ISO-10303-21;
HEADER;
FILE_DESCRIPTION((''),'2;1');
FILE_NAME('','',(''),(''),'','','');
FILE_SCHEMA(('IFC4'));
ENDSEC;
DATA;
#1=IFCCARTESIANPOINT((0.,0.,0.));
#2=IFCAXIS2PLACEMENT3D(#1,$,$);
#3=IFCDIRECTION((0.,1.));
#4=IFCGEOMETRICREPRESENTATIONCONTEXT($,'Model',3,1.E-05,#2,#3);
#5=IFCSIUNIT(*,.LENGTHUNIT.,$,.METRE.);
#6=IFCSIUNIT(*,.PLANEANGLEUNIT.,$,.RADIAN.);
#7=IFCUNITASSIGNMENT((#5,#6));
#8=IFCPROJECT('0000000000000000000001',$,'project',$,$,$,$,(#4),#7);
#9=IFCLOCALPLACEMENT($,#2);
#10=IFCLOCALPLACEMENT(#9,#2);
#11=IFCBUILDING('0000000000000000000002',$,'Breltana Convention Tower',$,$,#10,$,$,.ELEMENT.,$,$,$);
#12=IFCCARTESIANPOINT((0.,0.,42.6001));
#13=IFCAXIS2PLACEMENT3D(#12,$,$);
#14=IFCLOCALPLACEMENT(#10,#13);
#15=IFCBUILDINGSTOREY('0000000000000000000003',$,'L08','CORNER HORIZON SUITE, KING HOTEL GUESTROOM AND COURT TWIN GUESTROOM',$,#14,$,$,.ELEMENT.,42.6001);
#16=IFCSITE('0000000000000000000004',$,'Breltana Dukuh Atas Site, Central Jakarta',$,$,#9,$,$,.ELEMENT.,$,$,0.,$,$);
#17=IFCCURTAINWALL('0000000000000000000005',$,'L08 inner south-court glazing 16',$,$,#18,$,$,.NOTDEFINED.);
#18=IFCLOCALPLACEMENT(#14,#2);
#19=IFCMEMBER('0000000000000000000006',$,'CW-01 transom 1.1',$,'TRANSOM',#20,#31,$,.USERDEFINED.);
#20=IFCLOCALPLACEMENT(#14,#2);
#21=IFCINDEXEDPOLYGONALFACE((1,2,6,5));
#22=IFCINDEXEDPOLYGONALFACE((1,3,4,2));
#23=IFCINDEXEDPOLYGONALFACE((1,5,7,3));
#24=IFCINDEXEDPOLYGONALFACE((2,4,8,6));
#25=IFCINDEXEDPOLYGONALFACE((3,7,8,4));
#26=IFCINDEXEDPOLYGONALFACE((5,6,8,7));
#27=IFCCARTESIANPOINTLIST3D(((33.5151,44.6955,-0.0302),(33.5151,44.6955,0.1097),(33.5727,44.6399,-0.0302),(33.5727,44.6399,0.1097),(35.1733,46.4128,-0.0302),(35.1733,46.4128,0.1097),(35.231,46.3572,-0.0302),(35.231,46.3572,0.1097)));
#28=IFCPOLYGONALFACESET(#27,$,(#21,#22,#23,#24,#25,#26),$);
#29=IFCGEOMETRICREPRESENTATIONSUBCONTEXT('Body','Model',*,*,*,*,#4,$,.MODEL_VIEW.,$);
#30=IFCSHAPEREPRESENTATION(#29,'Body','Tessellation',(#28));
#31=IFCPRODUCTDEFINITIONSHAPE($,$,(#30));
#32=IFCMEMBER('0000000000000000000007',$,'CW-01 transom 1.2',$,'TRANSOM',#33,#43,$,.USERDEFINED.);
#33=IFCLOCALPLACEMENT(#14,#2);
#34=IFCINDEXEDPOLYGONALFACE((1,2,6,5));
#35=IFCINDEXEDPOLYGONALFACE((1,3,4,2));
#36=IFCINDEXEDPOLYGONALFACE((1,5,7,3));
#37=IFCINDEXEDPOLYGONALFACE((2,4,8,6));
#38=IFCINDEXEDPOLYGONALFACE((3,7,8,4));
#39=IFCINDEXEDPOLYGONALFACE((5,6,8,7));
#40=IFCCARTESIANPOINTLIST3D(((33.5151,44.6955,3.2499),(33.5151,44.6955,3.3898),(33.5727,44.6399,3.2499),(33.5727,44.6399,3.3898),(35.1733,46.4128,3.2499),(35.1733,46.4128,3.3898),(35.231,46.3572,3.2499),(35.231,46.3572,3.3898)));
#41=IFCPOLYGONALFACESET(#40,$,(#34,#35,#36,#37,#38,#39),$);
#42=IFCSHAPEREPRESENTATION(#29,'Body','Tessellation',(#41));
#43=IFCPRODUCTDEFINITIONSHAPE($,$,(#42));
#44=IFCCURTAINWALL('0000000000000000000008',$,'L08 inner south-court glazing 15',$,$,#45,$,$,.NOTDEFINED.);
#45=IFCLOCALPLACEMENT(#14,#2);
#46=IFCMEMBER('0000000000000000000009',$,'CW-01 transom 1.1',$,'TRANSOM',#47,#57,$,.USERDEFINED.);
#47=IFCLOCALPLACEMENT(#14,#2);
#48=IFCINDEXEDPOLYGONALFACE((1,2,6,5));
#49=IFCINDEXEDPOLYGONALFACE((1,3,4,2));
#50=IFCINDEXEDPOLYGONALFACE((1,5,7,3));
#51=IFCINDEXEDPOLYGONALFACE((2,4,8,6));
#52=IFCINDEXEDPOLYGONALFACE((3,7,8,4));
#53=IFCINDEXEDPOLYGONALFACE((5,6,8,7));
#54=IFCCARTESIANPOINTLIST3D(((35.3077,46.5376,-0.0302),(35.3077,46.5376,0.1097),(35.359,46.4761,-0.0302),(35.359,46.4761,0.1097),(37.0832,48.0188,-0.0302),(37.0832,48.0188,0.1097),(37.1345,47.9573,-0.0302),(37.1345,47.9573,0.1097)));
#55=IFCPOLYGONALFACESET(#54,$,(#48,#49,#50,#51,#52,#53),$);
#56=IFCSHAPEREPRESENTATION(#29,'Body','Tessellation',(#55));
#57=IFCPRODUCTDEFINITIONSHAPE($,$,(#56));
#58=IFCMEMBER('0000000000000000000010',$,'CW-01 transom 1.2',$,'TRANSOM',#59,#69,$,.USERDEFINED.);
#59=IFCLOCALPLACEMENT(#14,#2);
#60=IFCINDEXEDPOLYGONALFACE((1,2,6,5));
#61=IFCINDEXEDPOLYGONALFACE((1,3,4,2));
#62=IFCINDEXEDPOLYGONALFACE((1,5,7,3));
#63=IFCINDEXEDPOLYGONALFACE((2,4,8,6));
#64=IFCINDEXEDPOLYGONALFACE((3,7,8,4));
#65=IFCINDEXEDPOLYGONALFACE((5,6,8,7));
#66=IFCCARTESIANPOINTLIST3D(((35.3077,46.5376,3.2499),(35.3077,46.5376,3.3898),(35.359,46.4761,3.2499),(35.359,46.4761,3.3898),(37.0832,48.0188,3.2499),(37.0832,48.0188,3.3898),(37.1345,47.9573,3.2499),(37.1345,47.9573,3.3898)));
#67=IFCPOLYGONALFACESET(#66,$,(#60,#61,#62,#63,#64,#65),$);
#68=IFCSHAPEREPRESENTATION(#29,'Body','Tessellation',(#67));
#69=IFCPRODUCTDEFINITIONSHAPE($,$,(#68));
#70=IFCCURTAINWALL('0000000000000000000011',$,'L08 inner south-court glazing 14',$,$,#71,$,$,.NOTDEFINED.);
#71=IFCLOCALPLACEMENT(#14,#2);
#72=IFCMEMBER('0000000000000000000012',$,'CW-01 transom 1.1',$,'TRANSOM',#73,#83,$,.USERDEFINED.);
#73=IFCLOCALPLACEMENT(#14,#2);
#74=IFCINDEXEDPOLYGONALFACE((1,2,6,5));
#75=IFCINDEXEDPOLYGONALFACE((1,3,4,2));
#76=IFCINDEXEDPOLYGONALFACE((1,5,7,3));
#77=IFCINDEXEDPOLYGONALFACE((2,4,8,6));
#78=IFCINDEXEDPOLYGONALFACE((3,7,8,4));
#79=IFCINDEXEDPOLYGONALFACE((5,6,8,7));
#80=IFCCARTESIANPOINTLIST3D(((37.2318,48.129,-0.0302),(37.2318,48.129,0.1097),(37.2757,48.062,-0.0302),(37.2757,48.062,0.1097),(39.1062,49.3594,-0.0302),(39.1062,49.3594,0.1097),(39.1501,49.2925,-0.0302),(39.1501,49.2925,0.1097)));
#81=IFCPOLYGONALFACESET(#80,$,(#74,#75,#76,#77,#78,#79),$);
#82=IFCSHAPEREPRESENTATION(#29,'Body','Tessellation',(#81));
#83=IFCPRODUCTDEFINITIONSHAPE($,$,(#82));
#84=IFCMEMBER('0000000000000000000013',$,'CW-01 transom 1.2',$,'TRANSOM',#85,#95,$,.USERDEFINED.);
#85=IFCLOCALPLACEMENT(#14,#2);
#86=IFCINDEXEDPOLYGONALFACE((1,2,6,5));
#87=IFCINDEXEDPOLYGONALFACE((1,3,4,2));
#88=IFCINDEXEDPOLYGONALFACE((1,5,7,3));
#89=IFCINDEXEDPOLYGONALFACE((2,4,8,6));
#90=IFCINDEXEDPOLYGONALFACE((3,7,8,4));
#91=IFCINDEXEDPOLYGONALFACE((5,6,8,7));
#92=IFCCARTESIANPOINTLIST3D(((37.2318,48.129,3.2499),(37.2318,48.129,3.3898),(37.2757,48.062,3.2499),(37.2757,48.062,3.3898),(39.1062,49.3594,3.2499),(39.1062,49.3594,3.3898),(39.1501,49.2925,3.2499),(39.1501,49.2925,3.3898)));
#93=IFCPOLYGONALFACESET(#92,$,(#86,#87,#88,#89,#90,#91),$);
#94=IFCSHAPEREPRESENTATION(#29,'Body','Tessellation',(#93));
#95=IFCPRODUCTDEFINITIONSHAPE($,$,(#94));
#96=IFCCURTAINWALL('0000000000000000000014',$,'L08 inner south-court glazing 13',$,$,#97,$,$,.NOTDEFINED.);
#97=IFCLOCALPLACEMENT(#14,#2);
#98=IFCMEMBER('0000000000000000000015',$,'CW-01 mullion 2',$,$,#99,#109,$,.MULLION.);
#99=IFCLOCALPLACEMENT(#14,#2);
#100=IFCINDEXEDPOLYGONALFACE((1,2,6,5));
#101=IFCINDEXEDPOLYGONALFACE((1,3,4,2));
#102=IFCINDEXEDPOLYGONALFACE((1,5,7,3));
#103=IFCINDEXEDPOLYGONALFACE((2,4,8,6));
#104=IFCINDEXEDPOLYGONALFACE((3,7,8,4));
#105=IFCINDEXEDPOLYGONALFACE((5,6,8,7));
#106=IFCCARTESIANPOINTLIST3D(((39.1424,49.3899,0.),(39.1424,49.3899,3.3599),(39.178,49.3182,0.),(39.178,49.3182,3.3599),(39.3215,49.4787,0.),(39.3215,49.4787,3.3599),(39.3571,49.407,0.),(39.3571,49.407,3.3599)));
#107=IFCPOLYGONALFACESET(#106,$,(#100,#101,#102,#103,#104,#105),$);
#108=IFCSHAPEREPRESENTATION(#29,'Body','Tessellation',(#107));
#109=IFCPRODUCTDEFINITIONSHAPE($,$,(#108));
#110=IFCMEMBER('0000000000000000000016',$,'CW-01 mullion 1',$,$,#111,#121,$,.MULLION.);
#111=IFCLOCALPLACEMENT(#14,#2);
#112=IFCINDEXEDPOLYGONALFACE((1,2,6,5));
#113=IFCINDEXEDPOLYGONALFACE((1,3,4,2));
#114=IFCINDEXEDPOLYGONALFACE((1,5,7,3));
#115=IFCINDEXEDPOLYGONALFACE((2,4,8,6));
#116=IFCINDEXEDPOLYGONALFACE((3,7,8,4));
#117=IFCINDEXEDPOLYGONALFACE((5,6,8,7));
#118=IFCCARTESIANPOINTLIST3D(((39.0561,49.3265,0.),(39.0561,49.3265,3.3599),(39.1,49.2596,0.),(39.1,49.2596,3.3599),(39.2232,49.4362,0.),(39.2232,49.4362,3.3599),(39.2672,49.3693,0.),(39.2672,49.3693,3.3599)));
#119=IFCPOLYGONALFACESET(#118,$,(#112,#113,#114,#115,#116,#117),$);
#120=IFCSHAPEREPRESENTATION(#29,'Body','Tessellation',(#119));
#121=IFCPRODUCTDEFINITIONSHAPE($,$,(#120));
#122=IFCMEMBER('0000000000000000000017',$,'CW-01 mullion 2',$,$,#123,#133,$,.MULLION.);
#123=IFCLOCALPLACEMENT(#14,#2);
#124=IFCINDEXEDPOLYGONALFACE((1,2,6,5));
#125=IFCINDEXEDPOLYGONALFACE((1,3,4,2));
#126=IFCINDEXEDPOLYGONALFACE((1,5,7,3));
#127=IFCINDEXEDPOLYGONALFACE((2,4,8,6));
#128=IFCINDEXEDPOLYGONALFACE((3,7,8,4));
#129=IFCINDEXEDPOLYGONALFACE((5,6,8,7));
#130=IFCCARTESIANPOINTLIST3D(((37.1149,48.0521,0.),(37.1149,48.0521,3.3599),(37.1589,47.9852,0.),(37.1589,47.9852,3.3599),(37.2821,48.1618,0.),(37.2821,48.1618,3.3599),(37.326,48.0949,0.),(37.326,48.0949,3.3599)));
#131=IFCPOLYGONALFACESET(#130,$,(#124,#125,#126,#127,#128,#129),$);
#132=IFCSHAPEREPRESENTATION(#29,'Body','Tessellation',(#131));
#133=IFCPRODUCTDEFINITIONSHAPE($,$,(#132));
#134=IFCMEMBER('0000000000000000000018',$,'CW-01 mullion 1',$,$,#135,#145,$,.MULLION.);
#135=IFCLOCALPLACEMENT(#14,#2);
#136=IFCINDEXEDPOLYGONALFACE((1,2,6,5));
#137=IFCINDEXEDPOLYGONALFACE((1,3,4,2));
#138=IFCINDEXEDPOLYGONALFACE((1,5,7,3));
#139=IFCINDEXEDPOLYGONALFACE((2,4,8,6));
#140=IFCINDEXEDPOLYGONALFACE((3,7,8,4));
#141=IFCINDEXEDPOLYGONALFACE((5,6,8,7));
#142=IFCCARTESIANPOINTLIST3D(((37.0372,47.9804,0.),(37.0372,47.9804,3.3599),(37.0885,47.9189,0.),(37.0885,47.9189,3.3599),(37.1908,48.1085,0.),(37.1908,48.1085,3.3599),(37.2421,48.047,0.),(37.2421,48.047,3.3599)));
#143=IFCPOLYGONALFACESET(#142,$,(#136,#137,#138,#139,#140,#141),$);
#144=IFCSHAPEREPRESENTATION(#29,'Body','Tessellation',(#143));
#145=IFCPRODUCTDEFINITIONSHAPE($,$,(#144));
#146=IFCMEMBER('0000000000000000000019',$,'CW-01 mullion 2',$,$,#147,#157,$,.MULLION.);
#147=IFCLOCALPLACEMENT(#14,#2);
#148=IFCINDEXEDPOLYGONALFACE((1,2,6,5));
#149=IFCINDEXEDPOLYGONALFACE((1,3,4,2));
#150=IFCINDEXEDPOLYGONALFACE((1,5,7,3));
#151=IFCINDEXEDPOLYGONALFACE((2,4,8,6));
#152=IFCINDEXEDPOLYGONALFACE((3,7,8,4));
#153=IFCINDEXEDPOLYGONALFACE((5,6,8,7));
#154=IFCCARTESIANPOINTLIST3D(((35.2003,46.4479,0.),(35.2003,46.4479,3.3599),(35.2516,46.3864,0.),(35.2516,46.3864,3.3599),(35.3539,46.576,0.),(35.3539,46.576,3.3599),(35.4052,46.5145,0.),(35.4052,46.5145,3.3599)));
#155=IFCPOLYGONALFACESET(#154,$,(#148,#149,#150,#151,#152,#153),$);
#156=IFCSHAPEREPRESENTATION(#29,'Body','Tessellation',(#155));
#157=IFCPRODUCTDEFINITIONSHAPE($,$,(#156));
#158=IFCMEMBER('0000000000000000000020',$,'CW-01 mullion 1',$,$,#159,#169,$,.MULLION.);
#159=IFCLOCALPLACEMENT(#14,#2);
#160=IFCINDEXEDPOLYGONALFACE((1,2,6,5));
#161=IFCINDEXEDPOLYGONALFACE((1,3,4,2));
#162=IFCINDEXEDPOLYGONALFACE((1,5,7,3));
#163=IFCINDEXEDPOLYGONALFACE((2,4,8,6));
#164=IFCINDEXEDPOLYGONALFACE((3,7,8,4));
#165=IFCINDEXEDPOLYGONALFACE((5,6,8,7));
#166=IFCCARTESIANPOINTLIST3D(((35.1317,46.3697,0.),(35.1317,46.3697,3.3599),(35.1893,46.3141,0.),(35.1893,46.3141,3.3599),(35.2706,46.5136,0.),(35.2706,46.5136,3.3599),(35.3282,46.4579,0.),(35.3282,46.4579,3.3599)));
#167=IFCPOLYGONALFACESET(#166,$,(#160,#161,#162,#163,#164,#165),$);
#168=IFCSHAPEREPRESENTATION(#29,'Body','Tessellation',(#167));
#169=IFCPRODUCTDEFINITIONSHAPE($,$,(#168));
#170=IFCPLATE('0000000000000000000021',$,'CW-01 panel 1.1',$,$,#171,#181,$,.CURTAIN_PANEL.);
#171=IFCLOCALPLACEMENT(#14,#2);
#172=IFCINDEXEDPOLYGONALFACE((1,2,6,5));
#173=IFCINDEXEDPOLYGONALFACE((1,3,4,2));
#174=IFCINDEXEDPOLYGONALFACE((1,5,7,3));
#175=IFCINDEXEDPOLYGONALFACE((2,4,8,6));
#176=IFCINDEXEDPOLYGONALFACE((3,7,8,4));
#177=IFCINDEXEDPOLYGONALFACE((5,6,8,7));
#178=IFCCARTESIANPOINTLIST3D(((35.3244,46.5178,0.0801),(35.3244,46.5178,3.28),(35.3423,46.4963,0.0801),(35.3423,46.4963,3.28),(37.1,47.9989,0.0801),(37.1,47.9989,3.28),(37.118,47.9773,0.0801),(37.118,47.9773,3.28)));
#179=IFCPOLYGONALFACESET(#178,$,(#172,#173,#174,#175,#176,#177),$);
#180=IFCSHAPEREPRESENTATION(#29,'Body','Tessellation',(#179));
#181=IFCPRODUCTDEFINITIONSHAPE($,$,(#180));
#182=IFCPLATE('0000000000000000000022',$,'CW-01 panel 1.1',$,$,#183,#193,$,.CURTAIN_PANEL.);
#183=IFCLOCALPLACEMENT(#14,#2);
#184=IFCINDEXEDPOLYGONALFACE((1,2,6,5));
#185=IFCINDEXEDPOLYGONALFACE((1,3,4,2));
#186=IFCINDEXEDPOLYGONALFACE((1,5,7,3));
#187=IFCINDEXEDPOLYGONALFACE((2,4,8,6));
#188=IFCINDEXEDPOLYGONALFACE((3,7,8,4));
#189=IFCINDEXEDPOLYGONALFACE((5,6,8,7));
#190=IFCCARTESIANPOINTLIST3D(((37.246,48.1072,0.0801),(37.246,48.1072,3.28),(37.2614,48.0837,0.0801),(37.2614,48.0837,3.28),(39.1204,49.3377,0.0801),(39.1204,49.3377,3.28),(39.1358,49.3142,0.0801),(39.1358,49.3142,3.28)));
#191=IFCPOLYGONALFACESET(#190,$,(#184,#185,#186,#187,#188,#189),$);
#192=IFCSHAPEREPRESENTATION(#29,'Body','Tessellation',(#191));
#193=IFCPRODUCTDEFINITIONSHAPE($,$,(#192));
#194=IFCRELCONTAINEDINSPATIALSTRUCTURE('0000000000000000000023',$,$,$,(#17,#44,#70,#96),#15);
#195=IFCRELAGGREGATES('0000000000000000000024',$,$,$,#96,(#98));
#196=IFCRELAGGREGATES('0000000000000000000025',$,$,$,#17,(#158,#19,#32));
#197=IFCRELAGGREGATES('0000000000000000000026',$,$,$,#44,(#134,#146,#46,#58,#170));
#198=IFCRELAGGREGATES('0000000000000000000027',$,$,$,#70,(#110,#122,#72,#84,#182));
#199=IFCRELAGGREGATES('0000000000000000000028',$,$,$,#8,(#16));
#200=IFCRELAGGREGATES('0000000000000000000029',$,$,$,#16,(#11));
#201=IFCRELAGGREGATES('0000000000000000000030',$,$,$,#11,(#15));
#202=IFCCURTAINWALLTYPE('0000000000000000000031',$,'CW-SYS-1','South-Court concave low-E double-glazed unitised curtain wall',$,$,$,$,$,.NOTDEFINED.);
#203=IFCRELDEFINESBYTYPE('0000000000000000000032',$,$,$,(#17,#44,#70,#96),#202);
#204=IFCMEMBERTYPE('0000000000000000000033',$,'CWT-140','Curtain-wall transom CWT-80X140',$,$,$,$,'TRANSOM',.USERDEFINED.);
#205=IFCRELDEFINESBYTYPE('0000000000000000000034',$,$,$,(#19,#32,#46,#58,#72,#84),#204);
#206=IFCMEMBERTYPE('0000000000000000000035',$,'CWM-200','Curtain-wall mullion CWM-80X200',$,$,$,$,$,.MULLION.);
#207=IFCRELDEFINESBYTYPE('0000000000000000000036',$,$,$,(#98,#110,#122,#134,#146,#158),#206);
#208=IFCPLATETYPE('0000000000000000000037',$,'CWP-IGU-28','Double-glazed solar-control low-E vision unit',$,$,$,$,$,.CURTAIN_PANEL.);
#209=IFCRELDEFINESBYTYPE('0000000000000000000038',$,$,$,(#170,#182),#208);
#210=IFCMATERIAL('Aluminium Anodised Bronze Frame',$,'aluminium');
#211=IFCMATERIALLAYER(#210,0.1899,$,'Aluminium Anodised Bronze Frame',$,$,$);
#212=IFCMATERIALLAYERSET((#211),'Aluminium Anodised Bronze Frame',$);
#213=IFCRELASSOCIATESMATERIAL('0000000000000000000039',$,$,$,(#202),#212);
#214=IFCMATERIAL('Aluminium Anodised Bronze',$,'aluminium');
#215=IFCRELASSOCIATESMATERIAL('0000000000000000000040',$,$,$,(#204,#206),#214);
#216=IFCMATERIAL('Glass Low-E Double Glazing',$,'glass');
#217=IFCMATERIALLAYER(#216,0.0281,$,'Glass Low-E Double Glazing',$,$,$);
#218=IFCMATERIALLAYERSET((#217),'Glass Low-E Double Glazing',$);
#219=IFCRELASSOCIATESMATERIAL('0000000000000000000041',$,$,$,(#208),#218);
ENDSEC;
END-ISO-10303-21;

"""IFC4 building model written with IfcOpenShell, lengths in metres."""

from ifc_helpers import new_model, si_unit, direction, frame, origin, origin_2d, place, context, subcontext, project, spatial, rectangle, extrude, source, transform, mapped, material, layer, layer_set, material_profile, profile_set, type_object, type_shapes, element, aggregate, save


model = new_model("IFC4")

# Units and contexts
model_context = context("Model", 3, precision=1e-05, world=origin(), true_north=direction((0.0, 1.0)))
body_context = subcontext(model_context, "Body", "Model", "MODEL_VIEW")
ifc_project = project(units=[si_unit("LENGTHUNIT", "METRE"), si_unit("PLANEANGLEUNIT", "RADIAN")], contexts=[model_context])

# Site, building, storey
site_placement = place(None, origin())
site = spatial("IfcSite", under=ifc_project, at=site_placement, Name="Breltana Dukuh Atas Site, Central Jakarta", CompositionType="ELEMENT", RefElevation=0.0)
building_placement = place(site_placement, origin())
building = spatial("IfcBuilding", under=site, at=building_placement, Name="Breltana Convention Tower", CompositionType="ELEMENT")
storey_placement = place(building_placement, frame((0.0, 0.0, 42.6001)))
storey = spatial("IfcBuildingStorey", under=building, at=storey_placement, Name="L08", Description="CORNER HORIZON SUITE, KING HOTEL GUESTROOM AND COURT TWIN GUESTROOM", CompositionType="ELEMENT", Elevation=42.6001)

# Curtain walls, members
ifc_material_1 = material(Name="Aluminium Anodised Bronze Frame", Category="aluminium")
ifc_layer_1 = layer(ifc_material_1, 0.1899, Name="Aluminium Anodised Bronze Frame")
ifc_layer_set_1 = layer_set([ifc_layer_1], Name="Aluminium Anodised Bronze Frame")
curtain_wall_type = type_object("IfcCurtainWallType", Name="CW-SYS-1", Description="South-Court concave low-E double-glazed unitised curtain wall", PredefinedType="NOTDEFINED", material=ifc_layer_set_1)
curtain_wall_1_placement = place(storey_placement, origin())
curtain_wall_1 = element("IfcCurtainWall", 1, at=curtain_wall_1_placement, inside=storey, type_object=curtain_wall_type, Name="L08 inner south-court glazing 16", PredefinedType="NOTDEFINED")
ifc_material_2 = material(Name="Aluminium Anodised Bronze", Category="aluminium")
ifc_material_profile_1 = material_profile(ifc_material_2, rectangle(XDim=0.0801, YDim=0.1399, at=origin_2d()), Name="CWT-80X140")
ifc_profile_set_1 = profile_set([ifc_material_profile_1], Name="Aluminium Anodised Bronze")
member_type_1 = type_object("IfcMemberType", Name="CWT-140", Description="Curtain-wall transom CWT-80X140", ElementType="TRANSOM", PredefinedType="USERDEFINED", material=ifc_profile_set_1)
shared_shape_1 = source(origin(), body_context, "Body", "SweptSolid", [
    extrude(rectangle(XDim=0.0801, YDim=0.1399, at=origin_2d()), origin(), (0.0, 0.0, 1.0), 2.3872),
])
type_shapes(member_type_1, [shared_shape_1])
member_1_placement = place(storey_placement, frame((35.2021, 46.385, 0.0398), z_axis=(-0.694624, -0.719373, 0.0), x_axis=(0.719373, -0.694624, 0.0)))
member_1 = element("IfcMember", 2, at=member_1_placement, type_object=member_type_1, Name="CW-01 transom 1.1", ObjectType="TRANSOM", PredefinedType="USERDEFINED", context=body_context, shape_type="MappedRepresentation", body=[
    mapped(shared_shape_1, transform((0.0, 0.0, 0.0), scale=1.0)),
])
member_2_placement = place(storey_placement, frame((35.2021, 46.385, 3.3198), z_axis=(-0.694624, -0.719373, 0.0), x_axis=(0.719373, -0.694624, 0.0)))
member_2 = element("IfcMember", 3, at=member_2_placement, type_object=member_type_1, Name="CW-01 transom 1.2", ObjectType="TRANSOM", PredefinedType="USERDEFINED", context=body_context, shape_type="MappedRepresentation", body=[
    mapped(shared_shape_1, transform((0.0, 0.0, 0.0), scale=1.0)),
])
curtain_wall_2_placement = place(storey_placement, origin())
curtain_wall_2 = element("IfcCurtainWall", 4, at=curtain_wall_2_placement, inside=storey, type_object=curtain_wall_type, Name="L08 inner south-court glazing 15", PredefinedType="NOTDEFINED")
shared_shape_2 = source(origin(), body_context, "Body", "SweptSolid", [
    extrude(rectangle(XDim=0.0801, YDim=0.1399, at=origin_2d()), origin(), (0.0, 0.0, 1.0), 2.3123),
])
member_3_placement = place(storey_placement, frame((37.1089, 47.988, 0.0398), z_axis=(-0.767901, -0.640569, 0.0), x_axis=(0.640569, -0.767901, 0.0)))
member_3 = element("IfcMember", 5, at=member_3_placement, type_object=member_type_1, Name="CW-01 transom 1.1", ObjectType="TRANSOM", PredefinedType="USERDEFINED", context=body_context, shape_type="MappedRepresentation", body=[
    mapped(shared_shape_2, transform((0.0, 0.0, 0.0), scale=1.0)),
])
member_4_placement = place(storey_placement, frame((37.1089, 47.988, 3.3198), z_axis=(-0.767901, -0.640569, 0.0), x_axis=(0.640569, -0.767901, 0.0)))
member_4 = element("IfcMember", 6, at=member_4_placement, type_object=member_type_1, Name="CW-01 transom 1.2", ObjectType="TRANSOM", PredefinedType="USERDEFINED", context=body_context, shape_type="MappedRepresentation", body=[
    mapped(shared_shape_2, transform((0.0, 0.0, 0.0), scale=1.0)),
])
curtain_wall_3_placement = place(storey_placement, origin())
curtain_wall_3 = element("IfcCurtainWall", 7, at=curtain_wall_3_placement, inside=storey, type_object=curtain_wall_type, Name="L08 inner south-court glazing 14", PredefinedType="NOTDEFINED")
shared_shape_3 = source(origin(), body_context, "Body", "SweptSolid", [
    extrude(rectangle(XDim=0.0801, YDim=0.1399, at=origin_2d()), origin(), (0.0, 0.0, 1.0), 2.2422),
])
member_5_placement = place(storey_placement, frame((39.1282, 49.3259, 0.0398), z_axis=(-0.835982, -0.548756, 0.0), x_axis=(0.548756, -0.835982, 0.0)))
member_5 = element("IfcMember", 8, at=member_5_placement, type_object=member_type_1, Name="CW-01 transom 1.1", ObjectType="TRANSOM", PredefinedType="USERDEFINED", context=body_context, shape_type="MappedRepresentation", body=[
    mapped(shared_shape_3, transform((0.0, 0.0, 0.0), scale=1.0)),
])
member_6_placement = place(storey_placement, frame((39.1282, 49.3259, 3.3198), z_axis=(-0.835982, -0.548756, 0.0), x_axis=(0.548756, -0.835982, 0.0)))
member_6 = element("IfcMember", 9, at=member_6_placement, type_object=member_type_1, Name="CW-01 transom 1.2", ObjectType="TRANSOM", PredefinedType="USERDEFINED", context=body_context, shape_type="MappedRepresentation", body=[
    mapped(shared_shape_3, transform((0.0, 0.0, 0.0), scale=1.0)),
])

# Curtain wall, member
curtain_wall_4_placement = place(storey_placement, origin())
curtain_wall_4 = element("IfcCurtainWall", 10, at=curtain_wall_4_placement, inside=storey, type_object=curtain_wall_type, Name="L08 inner south-court glazing 13", PredefinedType="NOTDEFINED")
ifc_material_profile_2 = material_profile(ifc_material_2, rectangle(XDim=0.0801, YDim=0.2, at=origin_2d()), Name="CWM-80X200")
ifc_profile_set_2 = profile_set([ifc_material_profile_2], Name="Aluminium Anodised Bronze")
member_type_2 = type_object("IfcMemberType", Name="CWM-200", Description="Curtain-wall mullion CWM-80X200", PredefinedType="MULLION", material=ifc_profile_set_2)
shared_shape_4 = source(origin(), body_context, "Body", "SweptSolid", [
    extrude(rectangle(XDim=0.0801, YDim=0.2, at=origin_2d()), origin(), (0.0, 0.0, 1.0), 3.3599),
])
member_7_placement = place(storey_placement, frame((39.2498, 49.3984, 0.0), z_axis=(0.0, 0.0, 1.0), x_axis=(0.444118, -0.895968, 0.0)))
member_7 = element("IfcMember", 11, at=member_7_placement, type_object=member_type_2, Name="CW-01 mullion 2", PredefinedType="MULLION", context=body_context, shape_type="MappedRepresentation", body=[
    mapped(shared_shape_4, transform((0.0, 0.0, 0.0), scale=1.0)),
])
aggregate(curtain_wall_4, [member_7])

# Members
member_8_placement = place(storey_placement, frame((39.1616, 49.3479, 0.0), z_axis=(0.0, 0.0, 1.0), x_axis=(0.548778, -0.835968, 0.0)))
member_8 = element("IfcMember", 12, at=member_8_placement, type_object=member_type_2, Name="CW-01 mullion 1", PredefinedType="MULLION", context=body_context, shape_type="MappedRepresentation", body=[
    mapped(shared_shape_4, transform((0.0, 0.0, 0.0), scale=1.0)),
])
member_9_placement = place(storey_placement, frame((37.2205, 48.0735, 0.0), z_axis=(0.0, 0.0, 1.0), x_axis=(0.548778, -0.835968, 0.0)))
member_9 = element("IfcMember", 13, at=member_9_placement, type_object=member_type_2, Name="CW-01 mullion 2", PredefinedType="MULLION", context=body_context, shape_type="MappedRepresentation", body=[
    mapped(shared_shape_4, transform((0.0, 0.0, 0.0), scale=1.0)),
])
member_10_placement = place(storey_placement, frame((37.1396, 48.0137, 0.0), z_axis=(0.0, 0.0, 1.0), x_axis=(0.640523, -0.767939, 0.0)))
member_10 = element("IfcMember", 14, at=member_10_placement, type_object=member_type_2, Name="CW-01 mullion 1", PredefinedType="MULLION", context=body_context, shape_type="MappedRepresentation", body=[
    mapped(shared_shape_4, transform((0.0, 0.0, 0.0), scale=1.0)),
])
member_11_placement = place(storey_placement, frame((35.3027, 46.4812, 0.0), z_axis=(0.0, 0.0, 1.0), x_axis=(0.640523, -0.767939, 0.0)))
member_11 = element("IfcMember", 15, at=member_11_placement, type_object=member_type_2, Name="CW-01 mullion 2", PredefinedType="MULLION", context=body_context, shape_type="MappedRepresentation", body=[
    mapped(shared_shape_4, transform((0.0, 0.0, 0.0), scale=1.0)),
])
member_12_placement = place(storey_placement, frame((35.23, 46.4138, 0.0), z_axis=(0.0, 0.0, 1.0), x_axis=(0.719385, -0.694612, 0.0)))
member_12 = element("IfcMember", 16, at=member_12_placement, type_object=member_type_2, Name="CW-01 mullion 1", PredefinedType="MULLION", context=body_context, shape_type="MappedRepresentation", body=[
    mapped(shared_shape_4, transform((0.0, 0.0, 0.0), scale=1.0)),
])
aggregate(curtain_wall_1, [member_12, member_1, member_2])

# Plates
ifc_material_3 = material(Name="Glass Low-E Double Glazing", Category="glass")
ifc_layer_2 = layer(ifc_material_3, 0.0281, Name="Glass Low-E Double Glazing")
ifc_layer_set_2 = layer_set([ifc_layer_2], Name="Glass Low-E Double Glazing")
plate_type = type_object("IfcPlateType", Name="CWP-IGU-28", Description="Double-glazed solar-control low-E vision unit", PredefinedType="CURTAIN_PANEL", material=ifc_layer_set_2)
shared_shape_5 = source(origin(), body_context, "Body", "SweptSolid", [
    extrude(rectangle(XDim=2.3123, YDim=0.0281, at=origin_2d()), origin(), (0.0, 0.0, 1.0), 3.2),
])
plate_1_placement = place(storey_placement, frame((36.2212, 47.2476, 0.0801), z_axis=(0.0, 0.0, 1.0), x_axis=(-0.767939, -0.640523, 0.0)))
plate_1 = element("IfcPlate", 17, at=plate_1_placement, type_object=plate_type, Name="CW-01 panel 1.1", PredefinedType="CURTAIN_PANEL", context=body_context, shape_type="MappedRepresentation", body=[
    mapped(shared_shape_5, transform((0.0, 0.0, 0.0), scale=1.0)),
])
aggregate(curtain_wall_2, [member_10, member_11, member_3, member_4, plate_1])
shared_shape_6 = source(origin(), body_context, "Body", "SweptSolid", [
    extrude(rectangle(XDim=2.2422, YDim=0.0281, at=origin_2d()), origin(), (0.0, 0.0, 1.0), 3.2),
])
plate_2_placement = place(storey_placement, frame((38.1909, 48.7107, 0.0801), z_axis=(0.0, 0.0, 1.0), x_axis=(-0.835968, -0.548778, 0.0)))
plate_2 = element("IfcPlate", 18, at=plate_2_placement, type_object=plate_type, Name="CW-01 panel 1.1", PredefinedType="CURTAIN_PANEL", context=body_context, shape_type="MappedRepresentation", body=[
    mapped(shared_shape_6, transform((0.0, 0.0, 0.0), scale=1.0)),
])
aggregate(curtain_wall_3, [member_8, member_9, member_5, member_6, plate_2])

save(model, "model.ifc")
